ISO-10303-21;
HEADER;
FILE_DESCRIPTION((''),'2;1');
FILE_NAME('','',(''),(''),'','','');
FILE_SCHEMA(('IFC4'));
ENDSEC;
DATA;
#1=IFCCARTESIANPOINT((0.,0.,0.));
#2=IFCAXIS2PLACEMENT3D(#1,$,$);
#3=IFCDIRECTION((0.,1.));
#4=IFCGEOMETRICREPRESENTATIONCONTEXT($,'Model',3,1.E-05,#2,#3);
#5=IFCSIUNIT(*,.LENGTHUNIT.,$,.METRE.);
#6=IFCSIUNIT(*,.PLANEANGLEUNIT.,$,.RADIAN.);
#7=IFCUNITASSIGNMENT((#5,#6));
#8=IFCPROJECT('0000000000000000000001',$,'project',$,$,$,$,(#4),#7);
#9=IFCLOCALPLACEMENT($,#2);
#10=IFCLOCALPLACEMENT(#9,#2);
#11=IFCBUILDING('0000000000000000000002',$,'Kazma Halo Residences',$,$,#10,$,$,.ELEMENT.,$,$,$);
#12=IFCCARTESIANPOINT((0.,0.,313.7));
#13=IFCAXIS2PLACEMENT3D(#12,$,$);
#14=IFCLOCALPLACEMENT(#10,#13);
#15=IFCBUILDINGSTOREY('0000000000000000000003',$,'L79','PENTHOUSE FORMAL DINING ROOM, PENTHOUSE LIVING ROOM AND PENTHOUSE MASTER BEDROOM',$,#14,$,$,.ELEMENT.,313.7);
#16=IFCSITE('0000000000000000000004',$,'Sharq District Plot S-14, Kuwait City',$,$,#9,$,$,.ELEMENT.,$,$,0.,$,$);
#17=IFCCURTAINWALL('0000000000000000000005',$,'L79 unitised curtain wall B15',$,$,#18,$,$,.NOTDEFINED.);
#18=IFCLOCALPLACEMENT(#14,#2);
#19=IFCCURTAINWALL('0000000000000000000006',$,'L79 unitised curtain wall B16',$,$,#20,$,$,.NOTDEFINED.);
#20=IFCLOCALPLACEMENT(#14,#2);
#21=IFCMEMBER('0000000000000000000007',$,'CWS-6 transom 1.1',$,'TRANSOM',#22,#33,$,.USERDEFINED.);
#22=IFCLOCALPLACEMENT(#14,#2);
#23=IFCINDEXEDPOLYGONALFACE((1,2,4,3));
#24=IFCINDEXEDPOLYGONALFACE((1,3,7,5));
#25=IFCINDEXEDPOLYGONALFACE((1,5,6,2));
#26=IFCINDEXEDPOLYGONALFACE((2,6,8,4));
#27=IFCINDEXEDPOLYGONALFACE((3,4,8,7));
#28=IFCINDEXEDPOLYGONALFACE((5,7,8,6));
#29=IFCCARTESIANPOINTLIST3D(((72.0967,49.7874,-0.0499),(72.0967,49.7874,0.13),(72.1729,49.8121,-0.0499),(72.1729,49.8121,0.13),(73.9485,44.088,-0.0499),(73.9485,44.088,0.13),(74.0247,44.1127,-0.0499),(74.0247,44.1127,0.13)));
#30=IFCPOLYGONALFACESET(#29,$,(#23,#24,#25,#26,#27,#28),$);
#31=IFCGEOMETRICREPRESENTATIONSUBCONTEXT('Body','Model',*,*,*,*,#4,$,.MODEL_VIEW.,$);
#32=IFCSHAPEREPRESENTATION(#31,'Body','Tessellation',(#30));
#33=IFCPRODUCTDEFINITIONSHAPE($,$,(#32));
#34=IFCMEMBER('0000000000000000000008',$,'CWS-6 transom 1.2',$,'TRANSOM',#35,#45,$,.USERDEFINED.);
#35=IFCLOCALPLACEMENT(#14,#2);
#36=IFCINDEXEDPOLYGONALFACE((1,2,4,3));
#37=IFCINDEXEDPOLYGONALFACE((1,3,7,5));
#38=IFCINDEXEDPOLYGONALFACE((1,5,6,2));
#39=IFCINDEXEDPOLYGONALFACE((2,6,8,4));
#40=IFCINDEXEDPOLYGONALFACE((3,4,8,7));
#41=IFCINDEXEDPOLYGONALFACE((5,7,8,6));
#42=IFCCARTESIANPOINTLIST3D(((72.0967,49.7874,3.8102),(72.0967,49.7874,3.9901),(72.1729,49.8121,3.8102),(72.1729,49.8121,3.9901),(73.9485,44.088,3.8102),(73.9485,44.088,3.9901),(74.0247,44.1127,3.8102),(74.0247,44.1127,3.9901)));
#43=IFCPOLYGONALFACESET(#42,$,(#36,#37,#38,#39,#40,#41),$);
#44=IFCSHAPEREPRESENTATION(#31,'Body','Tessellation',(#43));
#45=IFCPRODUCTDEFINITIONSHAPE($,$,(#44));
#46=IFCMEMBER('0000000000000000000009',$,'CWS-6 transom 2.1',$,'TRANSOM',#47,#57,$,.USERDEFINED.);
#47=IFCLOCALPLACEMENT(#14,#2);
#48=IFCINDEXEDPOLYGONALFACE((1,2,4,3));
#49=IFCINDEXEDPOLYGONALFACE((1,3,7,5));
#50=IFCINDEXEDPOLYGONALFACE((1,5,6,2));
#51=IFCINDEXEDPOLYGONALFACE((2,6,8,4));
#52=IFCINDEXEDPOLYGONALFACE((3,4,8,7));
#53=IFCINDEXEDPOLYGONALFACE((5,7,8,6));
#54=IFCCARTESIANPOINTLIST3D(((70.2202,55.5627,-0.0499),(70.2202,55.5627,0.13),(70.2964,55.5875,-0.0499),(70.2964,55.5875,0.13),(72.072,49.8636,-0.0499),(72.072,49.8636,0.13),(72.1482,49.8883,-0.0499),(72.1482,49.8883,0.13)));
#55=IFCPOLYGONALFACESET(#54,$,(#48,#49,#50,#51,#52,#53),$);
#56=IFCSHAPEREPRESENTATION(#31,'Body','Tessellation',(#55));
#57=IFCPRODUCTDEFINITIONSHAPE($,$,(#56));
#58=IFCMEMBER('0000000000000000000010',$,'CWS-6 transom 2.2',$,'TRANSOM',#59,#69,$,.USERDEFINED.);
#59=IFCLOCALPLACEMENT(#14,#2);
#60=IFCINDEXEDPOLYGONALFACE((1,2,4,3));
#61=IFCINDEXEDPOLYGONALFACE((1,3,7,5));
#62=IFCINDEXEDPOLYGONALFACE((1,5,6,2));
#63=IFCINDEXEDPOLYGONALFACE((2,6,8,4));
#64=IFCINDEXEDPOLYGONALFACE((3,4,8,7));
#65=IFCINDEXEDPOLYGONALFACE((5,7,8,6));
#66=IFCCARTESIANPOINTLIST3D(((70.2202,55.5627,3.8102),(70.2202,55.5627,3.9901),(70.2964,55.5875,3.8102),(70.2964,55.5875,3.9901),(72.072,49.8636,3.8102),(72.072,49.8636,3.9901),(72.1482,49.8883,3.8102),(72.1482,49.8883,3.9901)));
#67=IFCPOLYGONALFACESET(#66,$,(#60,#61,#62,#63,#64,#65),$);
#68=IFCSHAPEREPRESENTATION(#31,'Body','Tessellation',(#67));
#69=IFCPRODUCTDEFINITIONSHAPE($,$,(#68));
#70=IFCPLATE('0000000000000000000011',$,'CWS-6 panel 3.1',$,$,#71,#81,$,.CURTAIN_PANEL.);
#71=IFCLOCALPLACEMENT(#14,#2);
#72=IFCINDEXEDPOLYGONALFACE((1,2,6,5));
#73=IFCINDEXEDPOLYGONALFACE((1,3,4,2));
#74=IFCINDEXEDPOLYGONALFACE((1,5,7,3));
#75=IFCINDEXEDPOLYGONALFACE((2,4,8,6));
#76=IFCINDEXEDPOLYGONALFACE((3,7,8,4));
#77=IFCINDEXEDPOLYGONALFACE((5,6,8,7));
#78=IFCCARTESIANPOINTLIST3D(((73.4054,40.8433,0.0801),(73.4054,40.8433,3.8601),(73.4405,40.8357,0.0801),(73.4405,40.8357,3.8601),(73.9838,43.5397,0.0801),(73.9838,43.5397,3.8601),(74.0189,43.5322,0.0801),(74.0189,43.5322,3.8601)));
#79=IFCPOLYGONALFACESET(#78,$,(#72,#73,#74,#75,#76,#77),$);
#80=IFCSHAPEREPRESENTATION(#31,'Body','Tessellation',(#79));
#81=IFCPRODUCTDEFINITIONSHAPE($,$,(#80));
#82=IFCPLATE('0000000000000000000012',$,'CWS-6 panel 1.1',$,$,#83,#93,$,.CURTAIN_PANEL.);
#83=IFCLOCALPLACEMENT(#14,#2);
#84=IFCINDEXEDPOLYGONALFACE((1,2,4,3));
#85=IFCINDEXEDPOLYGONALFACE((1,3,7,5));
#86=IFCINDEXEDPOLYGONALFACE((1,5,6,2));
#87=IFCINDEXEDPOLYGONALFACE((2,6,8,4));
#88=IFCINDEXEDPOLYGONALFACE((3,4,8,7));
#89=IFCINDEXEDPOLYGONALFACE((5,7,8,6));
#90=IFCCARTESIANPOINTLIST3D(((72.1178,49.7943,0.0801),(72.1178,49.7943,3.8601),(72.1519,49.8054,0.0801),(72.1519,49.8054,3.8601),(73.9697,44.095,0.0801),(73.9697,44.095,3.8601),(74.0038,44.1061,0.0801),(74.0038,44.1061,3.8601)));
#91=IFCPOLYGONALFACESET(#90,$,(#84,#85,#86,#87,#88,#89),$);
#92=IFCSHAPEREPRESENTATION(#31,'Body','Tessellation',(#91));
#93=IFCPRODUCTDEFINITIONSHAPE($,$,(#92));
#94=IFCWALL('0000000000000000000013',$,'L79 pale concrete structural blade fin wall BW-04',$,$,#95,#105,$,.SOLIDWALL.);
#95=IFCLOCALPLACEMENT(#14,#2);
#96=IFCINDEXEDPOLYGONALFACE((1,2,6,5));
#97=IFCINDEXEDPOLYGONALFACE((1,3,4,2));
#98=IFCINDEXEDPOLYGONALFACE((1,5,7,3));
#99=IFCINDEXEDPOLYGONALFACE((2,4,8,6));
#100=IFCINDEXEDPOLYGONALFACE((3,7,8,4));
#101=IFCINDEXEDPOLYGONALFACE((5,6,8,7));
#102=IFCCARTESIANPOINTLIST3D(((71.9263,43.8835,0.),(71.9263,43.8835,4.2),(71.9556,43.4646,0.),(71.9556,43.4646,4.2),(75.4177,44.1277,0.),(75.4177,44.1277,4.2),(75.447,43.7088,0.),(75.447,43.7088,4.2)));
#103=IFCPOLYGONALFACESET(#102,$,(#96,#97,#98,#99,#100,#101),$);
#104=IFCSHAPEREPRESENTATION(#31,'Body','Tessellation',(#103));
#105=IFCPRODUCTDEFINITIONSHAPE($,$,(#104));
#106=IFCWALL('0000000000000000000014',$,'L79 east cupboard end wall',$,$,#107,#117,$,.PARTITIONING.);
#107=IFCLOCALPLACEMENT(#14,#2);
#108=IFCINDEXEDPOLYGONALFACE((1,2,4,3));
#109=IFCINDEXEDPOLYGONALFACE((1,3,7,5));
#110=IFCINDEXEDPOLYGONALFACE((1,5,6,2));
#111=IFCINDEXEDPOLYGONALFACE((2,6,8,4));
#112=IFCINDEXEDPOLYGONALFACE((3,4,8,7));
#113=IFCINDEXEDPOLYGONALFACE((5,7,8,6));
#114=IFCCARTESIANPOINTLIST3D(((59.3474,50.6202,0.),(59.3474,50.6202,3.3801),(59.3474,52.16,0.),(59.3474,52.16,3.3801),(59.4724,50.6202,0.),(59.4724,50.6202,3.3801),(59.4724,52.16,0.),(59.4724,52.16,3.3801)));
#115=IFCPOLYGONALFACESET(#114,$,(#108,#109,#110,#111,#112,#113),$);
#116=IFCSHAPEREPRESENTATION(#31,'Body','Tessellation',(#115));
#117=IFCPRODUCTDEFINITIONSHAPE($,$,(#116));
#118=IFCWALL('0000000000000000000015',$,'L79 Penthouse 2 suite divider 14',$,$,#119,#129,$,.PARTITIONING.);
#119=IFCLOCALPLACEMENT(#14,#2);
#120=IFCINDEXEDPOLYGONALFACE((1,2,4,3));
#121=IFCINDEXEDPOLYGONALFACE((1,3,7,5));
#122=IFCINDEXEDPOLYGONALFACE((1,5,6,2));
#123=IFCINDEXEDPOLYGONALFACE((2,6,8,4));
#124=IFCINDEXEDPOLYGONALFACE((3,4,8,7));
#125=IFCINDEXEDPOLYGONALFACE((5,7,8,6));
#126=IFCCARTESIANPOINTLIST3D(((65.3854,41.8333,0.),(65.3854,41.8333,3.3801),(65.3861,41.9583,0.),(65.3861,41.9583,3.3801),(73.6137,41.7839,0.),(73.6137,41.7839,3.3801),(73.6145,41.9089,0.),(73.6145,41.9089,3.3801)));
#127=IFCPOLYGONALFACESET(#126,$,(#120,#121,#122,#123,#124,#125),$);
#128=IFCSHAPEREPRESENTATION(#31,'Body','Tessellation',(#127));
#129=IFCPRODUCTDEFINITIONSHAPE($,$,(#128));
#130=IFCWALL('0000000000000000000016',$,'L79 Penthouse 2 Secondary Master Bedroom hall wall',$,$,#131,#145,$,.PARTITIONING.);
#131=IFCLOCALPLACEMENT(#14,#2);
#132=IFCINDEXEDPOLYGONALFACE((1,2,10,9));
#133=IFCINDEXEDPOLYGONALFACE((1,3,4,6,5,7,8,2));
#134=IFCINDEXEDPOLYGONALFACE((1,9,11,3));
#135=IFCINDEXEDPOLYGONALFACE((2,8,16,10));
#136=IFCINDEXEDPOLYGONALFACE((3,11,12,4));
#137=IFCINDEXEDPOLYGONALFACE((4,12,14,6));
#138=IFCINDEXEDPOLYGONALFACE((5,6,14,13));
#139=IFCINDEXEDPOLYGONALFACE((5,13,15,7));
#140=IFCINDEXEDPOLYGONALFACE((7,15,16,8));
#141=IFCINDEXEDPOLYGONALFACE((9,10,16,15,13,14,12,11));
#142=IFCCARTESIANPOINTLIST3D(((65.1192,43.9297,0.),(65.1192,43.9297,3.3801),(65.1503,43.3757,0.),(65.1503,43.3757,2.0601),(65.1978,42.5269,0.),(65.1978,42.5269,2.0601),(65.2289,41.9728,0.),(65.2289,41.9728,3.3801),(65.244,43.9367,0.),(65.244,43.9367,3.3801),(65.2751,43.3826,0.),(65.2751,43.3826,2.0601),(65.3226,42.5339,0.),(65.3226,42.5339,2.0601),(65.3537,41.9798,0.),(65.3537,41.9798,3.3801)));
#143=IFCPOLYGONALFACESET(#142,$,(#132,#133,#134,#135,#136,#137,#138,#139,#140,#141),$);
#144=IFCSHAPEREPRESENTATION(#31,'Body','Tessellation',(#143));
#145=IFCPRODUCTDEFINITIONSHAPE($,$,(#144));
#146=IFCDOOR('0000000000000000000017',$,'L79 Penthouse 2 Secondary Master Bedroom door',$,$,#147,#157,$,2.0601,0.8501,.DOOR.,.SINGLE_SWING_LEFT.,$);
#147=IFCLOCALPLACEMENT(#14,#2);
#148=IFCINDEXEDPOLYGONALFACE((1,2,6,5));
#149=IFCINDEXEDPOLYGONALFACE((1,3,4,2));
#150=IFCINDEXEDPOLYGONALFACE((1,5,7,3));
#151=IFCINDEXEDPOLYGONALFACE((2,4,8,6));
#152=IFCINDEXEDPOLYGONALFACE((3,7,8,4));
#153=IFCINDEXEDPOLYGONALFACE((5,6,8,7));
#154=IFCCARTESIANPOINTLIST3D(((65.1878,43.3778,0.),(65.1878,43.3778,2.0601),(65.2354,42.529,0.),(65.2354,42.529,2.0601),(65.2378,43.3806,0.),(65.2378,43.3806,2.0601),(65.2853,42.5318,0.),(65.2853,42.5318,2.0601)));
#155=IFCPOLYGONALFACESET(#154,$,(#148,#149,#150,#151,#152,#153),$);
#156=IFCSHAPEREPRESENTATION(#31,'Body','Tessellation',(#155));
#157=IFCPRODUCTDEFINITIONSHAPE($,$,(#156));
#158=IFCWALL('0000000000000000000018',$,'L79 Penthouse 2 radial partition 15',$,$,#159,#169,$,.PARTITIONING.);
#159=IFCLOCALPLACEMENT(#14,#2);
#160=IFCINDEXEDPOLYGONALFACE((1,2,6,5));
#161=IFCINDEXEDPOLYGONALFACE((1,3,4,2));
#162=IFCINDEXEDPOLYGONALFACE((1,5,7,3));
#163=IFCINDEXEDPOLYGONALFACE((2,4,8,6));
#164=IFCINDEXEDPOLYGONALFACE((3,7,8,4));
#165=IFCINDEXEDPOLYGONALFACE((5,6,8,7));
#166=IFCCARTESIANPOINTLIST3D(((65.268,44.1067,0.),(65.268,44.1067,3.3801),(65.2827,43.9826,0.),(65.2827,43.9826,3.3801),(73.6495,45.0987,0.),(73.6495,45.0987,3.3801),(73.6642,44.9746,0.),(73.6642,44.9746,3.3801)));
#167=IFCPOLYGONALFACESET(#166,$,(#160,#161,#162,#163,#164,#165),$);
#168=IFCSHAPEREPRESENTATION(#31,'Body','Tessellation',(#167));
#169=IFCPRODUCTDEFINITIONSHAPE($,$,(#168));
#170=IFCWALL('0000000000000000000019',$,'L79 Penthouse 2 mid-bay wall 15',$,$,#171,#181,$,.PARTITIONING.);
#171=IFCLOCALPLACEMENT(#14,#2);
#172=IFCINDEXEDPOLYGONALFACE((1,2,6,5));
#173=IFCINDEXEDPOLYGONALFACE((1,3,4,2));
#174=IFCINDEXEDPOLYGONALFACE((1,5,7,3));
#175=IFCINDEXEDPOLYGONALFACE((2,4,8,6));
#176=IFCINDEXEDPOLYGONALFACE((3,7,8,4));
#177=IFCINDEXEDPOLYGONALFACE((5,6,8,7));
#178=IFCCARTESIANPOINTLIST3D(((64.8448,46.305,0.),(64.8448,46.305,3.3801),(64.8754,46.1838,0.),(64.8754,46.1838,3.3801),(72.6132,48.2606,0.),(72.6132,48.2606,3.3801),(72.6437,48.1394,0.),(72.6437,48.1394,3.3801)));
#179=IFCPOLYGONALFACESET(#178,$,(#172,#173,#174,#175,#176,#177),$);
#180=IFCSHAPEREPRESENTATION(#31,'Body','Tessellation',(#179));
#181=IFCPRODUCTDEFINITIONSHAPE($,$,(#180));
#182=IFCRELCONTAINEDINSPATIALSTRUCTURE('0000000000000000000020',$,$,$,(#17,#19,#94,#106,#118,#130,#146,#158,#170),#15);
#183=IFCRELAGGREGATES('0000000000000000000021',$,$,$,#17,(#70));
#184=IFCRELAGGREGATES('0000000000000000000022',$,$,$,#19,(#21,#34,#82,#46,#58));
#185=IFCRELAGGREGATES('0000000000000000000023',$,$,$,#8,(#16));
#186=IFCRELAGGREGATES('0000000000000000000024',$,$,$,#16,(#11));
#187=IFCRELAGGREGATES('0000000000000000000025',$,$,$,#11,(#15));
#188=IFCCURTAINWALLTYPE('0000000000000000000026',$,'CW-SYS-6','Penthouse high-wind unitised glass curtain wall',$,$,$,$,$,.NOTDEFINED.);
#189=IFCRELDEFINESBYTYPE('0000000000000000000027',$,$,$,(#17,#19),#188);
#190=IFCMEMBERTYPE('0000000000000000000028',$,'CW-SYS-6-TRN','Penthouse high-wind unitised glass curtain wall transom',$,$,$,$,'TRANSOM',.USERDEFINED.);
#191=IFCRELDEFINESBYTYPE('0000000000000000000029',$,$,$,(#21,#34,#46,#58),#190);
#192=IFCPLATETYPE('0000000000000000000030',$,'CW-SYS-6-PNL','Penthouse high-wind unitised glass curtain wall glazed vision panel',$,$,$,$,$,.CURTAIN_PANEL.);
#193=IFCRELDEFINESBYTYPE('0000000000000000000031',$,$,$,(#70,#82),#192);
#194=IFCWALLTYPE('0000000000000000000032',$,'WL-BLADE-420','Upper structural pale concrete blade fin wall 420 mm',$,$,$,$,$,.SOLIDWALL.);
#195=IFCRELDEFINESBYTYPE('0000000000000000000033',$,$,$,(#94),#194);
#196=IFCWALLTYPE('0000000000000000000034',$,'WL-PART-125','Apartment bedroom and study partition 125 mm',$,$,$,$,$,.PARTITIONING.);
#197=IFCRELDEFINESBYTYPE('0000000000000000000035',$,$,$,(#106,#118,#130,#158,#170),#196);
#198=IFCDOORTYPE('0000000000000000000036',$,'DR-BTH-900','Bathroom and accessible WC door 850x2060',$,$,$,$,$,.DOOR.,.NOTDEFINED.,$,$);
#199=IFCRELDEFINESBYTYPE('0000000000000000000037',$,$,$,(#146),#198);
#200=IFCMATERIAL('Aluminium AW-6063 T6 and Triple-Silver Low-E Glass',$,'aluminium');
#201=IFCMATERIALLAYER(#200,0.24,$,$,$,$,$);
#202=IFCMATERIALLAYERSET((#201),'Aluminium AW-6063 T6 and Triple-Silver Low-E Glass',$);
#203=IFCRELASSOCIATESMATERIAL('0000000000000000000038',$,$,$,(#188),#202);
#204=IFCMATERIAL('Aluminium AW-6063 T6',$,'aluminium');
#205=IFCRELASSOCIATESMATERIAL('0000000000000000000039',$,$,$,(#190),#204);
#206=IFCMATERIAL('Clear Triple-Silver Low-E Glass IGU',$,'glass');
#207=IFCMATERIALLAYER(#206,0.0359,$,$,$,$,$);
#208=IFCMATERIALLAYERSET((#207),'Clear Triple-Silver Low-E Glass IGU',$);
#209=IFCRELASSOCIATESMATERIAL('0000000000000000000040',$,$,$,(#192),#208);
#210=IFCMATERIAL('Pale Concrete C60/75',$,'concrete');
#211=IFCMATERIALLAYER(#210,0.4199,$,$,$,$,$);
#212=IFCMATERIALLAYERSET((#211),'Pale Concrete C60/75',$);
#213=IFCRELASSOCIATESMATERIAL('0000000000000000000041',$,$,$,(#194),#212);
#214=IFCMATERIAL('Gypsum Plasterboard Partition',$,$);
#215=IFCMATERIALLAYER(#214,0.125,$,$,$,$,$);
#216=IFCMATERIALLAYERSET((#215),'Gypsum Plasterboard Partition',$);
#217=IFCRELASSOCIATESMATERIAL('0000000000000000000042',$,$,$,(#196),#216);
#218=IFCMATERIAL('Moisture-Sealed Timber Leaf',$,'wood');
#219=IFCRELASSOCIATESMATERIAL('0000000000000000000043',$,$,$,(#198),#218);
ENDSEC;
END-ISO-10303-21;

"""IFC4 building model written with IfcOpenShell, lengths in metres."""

from ifc_helpers import new_model, si_unit, direction, frame, frame_2d, origin, origin_2d, place, context, subcontext, project, spatial, rectangle, extrude, material, layer, layer_set, material_profile, profile_set, type_object, element, fill, aggregate, save


model = new_model("IFC4")

# Units and contexts
model_context = context("Model", 3, precision=1e-05, world=origin(), true_north=direction((0.0, 1.0)))
body_context = subcontext(model_context, "Body", "Model", "MODEL_VIEW")
ifc_project = project(units=[si_unit("LENGTHUNIT", "METRE"), si_unit("PLANEANGLEUNIT", "RADIAN")], contexts=[model_context])

# Site, building, storey
site_placement = place(None, origin())
site = spatial("IfcSite", under=ifc_project, at=site_placement, Name="Sharq District Plot S-14, Kuwait City", CompositionType="ELEMENT", RefElevation=0.0)
building_placement = place(site_placement, origin())
building = spatial("IfcBuilding", under=site, at=building_placement, Name="Kazma Halo Residences", CompositionType="ELEMENT")
storey_placement = place(building_placement, frame((0.0, 0.0, 313.7)))
storey = spatial("IfcBuildingStorey", under=building, at=storey_placement, Name="L79", Description="PENTHOUSE FORMAL DINING ROOM, PENTHOUSE LIVING ROOM AND PENTHOUSE MASTER BEDROOM", CompositionType="ELEMENT", Elevation=313.7)

# Curtain wall
ifc_material_1 = material(Name="Aluminium AW-6063 T6 and Triple-Silver Low-E Glass", Category="aluminium")
ifc_layer_1 = layer(ifc_material_1, 0.24)
ifc_layer_set_1 = layer_set([ifc_layer_1], Name="Aluminium AW-6063 T6 and Triple-Silver Low-E Glass")
curtain_wall_type = type_object("IfcCurtainWallType", Name="CW-SYS-6", Description="Penthouse high-wind unitised glass curtain wall", PredefinedType="NOTDEFINED", material=ifc_layer_set_1)
curtain_wall_1_placement = place(storey_placement, origin())
curtain_wall_1 = element("IfcCurtainWall", 1, at=curtain_wall_1_placement, inside=storey, type_object=curtain_wall_type, Name="L79 unitised curtain wall B15", PredefinedType="NOTDEFINED")
ifc_material_2 = material(Name="Aluminium AW-6063 T6", Category="aluminium")

# Curtain wall, members
curtain_wall_2_placement = place(storey_placement, origin())
curtain_wall_2 = element("IfcCurtainWall", 2, at=curtain_wall_2_placement, inside=storey, type_object=curtain_wall_type, Name="L79 unitised curtain wall B16", PredefinedType="NOTDEFINED")
ifc_material_profile_1 = material_profile(ifc_material_2, rectangle(XDim=0.0801, YDim=0.1799, at=origin_2d()), Name="CWT-80x180")
ifc_profile_set_1 = profile_set([ifc_material_profile_1], Name="Aluminium AW-6063 T6")
member_type_1 = type_object("IfcMemberType", Name="CW-SYS-6-TRN", Description="Penthouse high-wind unitised glass curtain wall transom", ElementType="TRANSOM", PredefinedType="USERDEFINED", material=ifc_profile_set_1)
member_1_placement = place(storey_placement, frame((73.9866, 44.1003, 0.04), z_axis=(-0.309008, 0.95106, 0.0), x_axis=(-0.95106, -0.309008, 0.0)))
member_1 = element("IfcMember", 3, at=member_1_placement, type_object=member_type_1, Name="CWS-6 transom 1.1", ObjectType="TRANSOM", PredefinedType="USERDEFINED", context=body_context, shape_type="SweptSolid", body=[
    extrude(rectangle(XDim=0.0801, YDim=0.1799, at=origin_2d()), origin(), (0.0, 0.0, 1.0), 5.9927),
])
member_2_placement = place(storey_placement, frame((73.9866, 44.1003, 3.9001), z_axis=(-0.309008, 0.95106, 0.0), x_axis=(-0.95106, -0.309008, 0.0)))
member_2 = element("IfcMember", 4, at=member_2_placement, type_object=member_type_1, Name="CWS-6 transom 1.2", ObjectType="TRANSOM", PredefinedType="USERDEFINED", context=body_context, shape_type="SweptSolid", body=[
    extrude(rectangle(XDim=0.0801, YDim=0.1799, at=origin_2d()), origin(), (0.0, 0.0, 1.0), 5.9927),
])
member_3_placement = place(storey_placement, frame((72.1101, 49.876, 0.04), z_axis=(-0.30902, 0.951056, 0.0), x_axis=(-0.951056, -0.30902, 0.0)))
member_3 = element("IfcMember", 5, at=member_3_placement, type_object=member_type_1, Name="CWS-6 transom 2.1", ObjectType="TRANSOM", PredefinedType="USERDEFINED", context=body_context, shape_type="SweptSolid", body=[
    extrude(rectangle(XDim=0.0801, YDim=0.1799, at=origin_2d()), origin(), (0.0, 0.0, 1.0), 5.9924),
])
member_4_placement = place(storey_placement, frame((72.1101, 49.876, 3.9001), z_axis=(-0.30902, 0.951056, 0.0), x_axis=(-0.951056, -0.30902, 0.0)))
member_4 = element("IfcMember", 6, at=member_4_placement, type_object=member_type_1, Name="CWS-6 transom 2.2", ObjectType="TRANSOM", PredefinedType="USERDEFINED", context=body_context, shape_type="SweptSolid", body=[
    extrude(rectangle(XDim=0.0801, YDim=0.1799, at=origin_2d()), origin(), (0.0, 0.0, 1.0), 5.9924),
])

# Plates
ifc_material_3 = material(Name="Clear Triple-Silver Low-E Glass IGU", Category="glass")
ifc_layer_2 = layer(ifc_material_3, 0.0359)
ifc_layer_set_2 = layer_set([ifc_layer_2], Name="Clear Triple-Silver Low-E Glass IGU")
plate_type = type_object("IfcPlateType", Name="CW-SYS-6-PNL", Description="Penthouse high-wind unitised glass curtain wall glazed vision panel", PredefinedType="CURTAIN_PANEL", material=ifc_layer_set_2)
plate_1_placement = place(storey_placement, frame((73.7122, 42.1877, 0.0801), z_axis=(0.0, 0.0, 1.0), x_axis=(0.209723, 0.977761, 0.0)))
plate_1 = element("IfcPlate", 7, at=plate_1_placement, type_object=plate_type, Name="CWS-6 panel 3.1", PredefinedType="CURTAIN_PANEL", context=body_context, shape_type="SweptSolid", body=[
    extrude(rectangle(XDim=2.7578, YDim=0.0359, at=origin_2d()), origin(), (0.0, 0.0, 1.0), 3.78),
])
aggregate(curtain_wall_1, [plate_1])
plate_2_placement = place(storey_placement, frame((73.0608, 46.9502, 0.0801), z_axis=(0.0, 0.0, 1.0), x_axis=(-0.309019, 0.951056, 0.0)))
plate_2 = element("IfcPlate", 8, at=plate_2_placement, type_object=plate_type, Name="CWS-6 panel 1.1", PredefinedType="CURTAIN_PANEL", context=body_context, shape_type="SweptSolid", body=[
    extrude(rectangle(XDim=5.9927, YDim=0.0359, at=origin_2d()), origin(), (0.0, 0.0, 1.0), 3.78),
])
aggregate(curtain_wall_2, [member_1, member_2, plate_2, member_3, member_4])

# Walls
ifc_material_4 = material(Name="Pale Concrete C60/75", Category="concrete")
ifc_layer_3 = layer(ifc_material_4, 0.4199)
ifc_layer_set_3 = layer_set([ifc_layer_3], Name="Pale Concrete C60/75")
wall_type_1 = type_object("IfcWallType", Name="WL-BLADE-420", Description="Upper structural pale concrete blade fin wall 420 mm", PredefinedType="SOLIDWALL", material=ifc_layer_set_3)
wall_1_placement = place(storey_placement, frame((71.9409, 43.6741, 0.0), z_axis=(0.0, 0.0, 1.0), x_axis=(0.997564, 0.069755, 0.0)))
element("IfcWall", 9, at=wall_1_placement, inside=storey, type_object=wall_type_1, Name="L79 pale concrete structural blade fin wall BW-04", PredefinedType="SOLIDWALL", context=body_context, shape_type="SweptSolid", body=[
    extrude(rectangle(XDim=3.5, YDim=0.4199, at=frame_2d((1.75, 0.0))), origin(), (0.0, 0.0, 1.0), 4.2),
])
ifc_material_5 = material(Name="Gypsum Plasterboard Partition")
ifc_layer_4 = layer(ifc_material_5, 0.125)
ifc_layer_set_4 = layer_set([ifc_layer_4], Name="Gypsum Plasterboard Partition")
wall_type_2 = type_object("IfcWallType", Name="WL-PART-125", Description="Apartment bedroom and study partition 125 mm", PredefinedType="PARTITIONING", material=ifc_layer_set_4)
wall_2_placement = place(storey_placement, frame((59.4099, 50.6201, 0.0), z_axis=(0.0, 0.0, 1.0), x_axis=(0.0, 1.0, 0.0)))
element("IfcWall", 10, at=wall_2_placement, inside=storey, type_object=wall_type_2, Name="L79 east cupboard end wall", PredefinedType="PARTITIONING", context=body_context, shape_type="SweptSolid", body=[
    extrude(rectangle(XDim=1.5398, YDim=0.125, at=frame_2d((0.77, 0.0))), origin(), (0.0, 0.0, 1.0), 3.3801),
])
wall_3_placement = place(storey_placement, frame((65.3857, 41.8958, 0.0), z_axis=(0.0, 0.0, 1.0), x_axis=(0.999982, -0.005993, 0.0)))
element("IfcWall", 11, at=wall_3_placement, inside=storey, type_object=wall_type_2, Name="L79 Penthouse 2 suite divider 14", PredefinedType="PARTITIONING", context=body_context, shape_type="SweptSolid", body=[
    extrude(rectangle(XDim=8.2285, YDim=0.125, at=frame_2d((4.1143, 0.0))), origin(), (0.0, 0.0, 1.0), 3.3801),
])

# Wall, opening, door
wall_4_placement = place(storey_placement, frame((65.2913, 41.9763, 0.0), z_axis=(0.0, 0.0, 1.0), x_axis=(-0.055932, 0.998435, 0.0)))
wall_4 = element("IfcWall", 12, at=wall_4_placement, inside=storey, type_object=wall_type_2, Name="L79 Penthouse 2 Secondary Master Bedroom hall wall", PredefinedType="PARTITIONING", context=body_context, shape_type="SweptSolid", body=[
    extrude(rectangle(XDim=1.96, YDim=0.125, at=frame_2d((0.98, 0.0))), origin(), (0.0, 0.0, 1.0), 3.3801),
])
opening_1_placement = place(wall_4_placement, frame((0.5549, 0.0, 0.0)))
opening_1 = element("IfcOpeningElement", 13, at=opening_1_placement, cuts=wall_4, PredefinedType="OPENING", context=body_context, shape_type="SweptSolid", body=[
    extrude(rectangle(XDim=0.8501, YDim=2.0601, at=frame_2d((0.425, 1.03))), frame((0.0, 0.0725, 0.0), z_axis=(0.0, -1.0, 0.0), x_axis=(1.0, 0.0, 0.0)), (0.0, 0.0, 1.0), 0.145),
])
ifc_material_6 = material(Name="Moisture-Sealed Timber Leaf", Category="wood")
door_type_1 = type_object("IfcDoorType", Name="DR-BTH-900", Description="Bathroom and accessible WC door 850x2060", OperationType="NOTDEFINED", PredefinedType="DOOR", material=ifc_material_6)
door_1_placement = place(opening_1_placement, origin())
door_1 = element("IfcDoor", 14, at=door_1_placement, inside=storey, type_object=door_type_1, Name="L79 Penthouse 2 Secondary Master Bedroom door", OperationType="SINGLE_SWING_LEFT", OverallHeight=2.0601, OverallWidth=0.8501, PredefinedType="DOOR", context=body_context, shape_type="SweptSolid", body=[
    extrude(rectangle(XDim=0.8501, YDim=2.0601, at=frame_2d((0.425, 1.03))), frame((0.0, 0.0249, 0.0), z_axis=(0.0, -1.0, 0.0), x_axis=(1.0, 0.0, 0.0)), (0.0, 0.0, 1.0), 0.05),
])
fill(opening_1, door_1)

# Walls
wall_5_placement = place(storey_placement, frame((65.2754, 44.0447, 0.0), z_axis=(0.0, 0.0, 1.0), x_axis=(0.993069, 0.117531, 0.0)))
element("IfcWall", 15, at=wall_5_placement, inside=storey, type_object=wall_type_2, Name="L79 Penthouse 2 radial partition 15", PredefinedType="PARTITIONING", context=body_context, shape_type="SweptSolid", body=[
    extrude(rectangle(XDim=8.4399, YDim=0.125, at=frame_2d((4.22, 0.0))), origin(), (0.0, 0.0, 1.0), 3.3801),
])
wall_6_placement = place(storey_placement, frame((64.8601, 46.2444, 0.0), z_axis=(0.0, 0.0, 1.0), x_axis=(0.969745, 0.24412, 0.0)))
element("IfcWall", 16, at=wall_6_placement, inside=storey, type_object=wall_type_2, Name="L79 Penthouse 2 mid-bay wall 15", PredefinedType="PARTITIONING", context=body_context, shape_type="SweptSolid", body=[
    extrude(rectangle(XDim=8.0107, YDim=0.125, at=frame_2d((4.0054, 0.0))), origin(), (0.0, 0.0, 1.0), 3.3801),
])

save(model, "model.ifc")
